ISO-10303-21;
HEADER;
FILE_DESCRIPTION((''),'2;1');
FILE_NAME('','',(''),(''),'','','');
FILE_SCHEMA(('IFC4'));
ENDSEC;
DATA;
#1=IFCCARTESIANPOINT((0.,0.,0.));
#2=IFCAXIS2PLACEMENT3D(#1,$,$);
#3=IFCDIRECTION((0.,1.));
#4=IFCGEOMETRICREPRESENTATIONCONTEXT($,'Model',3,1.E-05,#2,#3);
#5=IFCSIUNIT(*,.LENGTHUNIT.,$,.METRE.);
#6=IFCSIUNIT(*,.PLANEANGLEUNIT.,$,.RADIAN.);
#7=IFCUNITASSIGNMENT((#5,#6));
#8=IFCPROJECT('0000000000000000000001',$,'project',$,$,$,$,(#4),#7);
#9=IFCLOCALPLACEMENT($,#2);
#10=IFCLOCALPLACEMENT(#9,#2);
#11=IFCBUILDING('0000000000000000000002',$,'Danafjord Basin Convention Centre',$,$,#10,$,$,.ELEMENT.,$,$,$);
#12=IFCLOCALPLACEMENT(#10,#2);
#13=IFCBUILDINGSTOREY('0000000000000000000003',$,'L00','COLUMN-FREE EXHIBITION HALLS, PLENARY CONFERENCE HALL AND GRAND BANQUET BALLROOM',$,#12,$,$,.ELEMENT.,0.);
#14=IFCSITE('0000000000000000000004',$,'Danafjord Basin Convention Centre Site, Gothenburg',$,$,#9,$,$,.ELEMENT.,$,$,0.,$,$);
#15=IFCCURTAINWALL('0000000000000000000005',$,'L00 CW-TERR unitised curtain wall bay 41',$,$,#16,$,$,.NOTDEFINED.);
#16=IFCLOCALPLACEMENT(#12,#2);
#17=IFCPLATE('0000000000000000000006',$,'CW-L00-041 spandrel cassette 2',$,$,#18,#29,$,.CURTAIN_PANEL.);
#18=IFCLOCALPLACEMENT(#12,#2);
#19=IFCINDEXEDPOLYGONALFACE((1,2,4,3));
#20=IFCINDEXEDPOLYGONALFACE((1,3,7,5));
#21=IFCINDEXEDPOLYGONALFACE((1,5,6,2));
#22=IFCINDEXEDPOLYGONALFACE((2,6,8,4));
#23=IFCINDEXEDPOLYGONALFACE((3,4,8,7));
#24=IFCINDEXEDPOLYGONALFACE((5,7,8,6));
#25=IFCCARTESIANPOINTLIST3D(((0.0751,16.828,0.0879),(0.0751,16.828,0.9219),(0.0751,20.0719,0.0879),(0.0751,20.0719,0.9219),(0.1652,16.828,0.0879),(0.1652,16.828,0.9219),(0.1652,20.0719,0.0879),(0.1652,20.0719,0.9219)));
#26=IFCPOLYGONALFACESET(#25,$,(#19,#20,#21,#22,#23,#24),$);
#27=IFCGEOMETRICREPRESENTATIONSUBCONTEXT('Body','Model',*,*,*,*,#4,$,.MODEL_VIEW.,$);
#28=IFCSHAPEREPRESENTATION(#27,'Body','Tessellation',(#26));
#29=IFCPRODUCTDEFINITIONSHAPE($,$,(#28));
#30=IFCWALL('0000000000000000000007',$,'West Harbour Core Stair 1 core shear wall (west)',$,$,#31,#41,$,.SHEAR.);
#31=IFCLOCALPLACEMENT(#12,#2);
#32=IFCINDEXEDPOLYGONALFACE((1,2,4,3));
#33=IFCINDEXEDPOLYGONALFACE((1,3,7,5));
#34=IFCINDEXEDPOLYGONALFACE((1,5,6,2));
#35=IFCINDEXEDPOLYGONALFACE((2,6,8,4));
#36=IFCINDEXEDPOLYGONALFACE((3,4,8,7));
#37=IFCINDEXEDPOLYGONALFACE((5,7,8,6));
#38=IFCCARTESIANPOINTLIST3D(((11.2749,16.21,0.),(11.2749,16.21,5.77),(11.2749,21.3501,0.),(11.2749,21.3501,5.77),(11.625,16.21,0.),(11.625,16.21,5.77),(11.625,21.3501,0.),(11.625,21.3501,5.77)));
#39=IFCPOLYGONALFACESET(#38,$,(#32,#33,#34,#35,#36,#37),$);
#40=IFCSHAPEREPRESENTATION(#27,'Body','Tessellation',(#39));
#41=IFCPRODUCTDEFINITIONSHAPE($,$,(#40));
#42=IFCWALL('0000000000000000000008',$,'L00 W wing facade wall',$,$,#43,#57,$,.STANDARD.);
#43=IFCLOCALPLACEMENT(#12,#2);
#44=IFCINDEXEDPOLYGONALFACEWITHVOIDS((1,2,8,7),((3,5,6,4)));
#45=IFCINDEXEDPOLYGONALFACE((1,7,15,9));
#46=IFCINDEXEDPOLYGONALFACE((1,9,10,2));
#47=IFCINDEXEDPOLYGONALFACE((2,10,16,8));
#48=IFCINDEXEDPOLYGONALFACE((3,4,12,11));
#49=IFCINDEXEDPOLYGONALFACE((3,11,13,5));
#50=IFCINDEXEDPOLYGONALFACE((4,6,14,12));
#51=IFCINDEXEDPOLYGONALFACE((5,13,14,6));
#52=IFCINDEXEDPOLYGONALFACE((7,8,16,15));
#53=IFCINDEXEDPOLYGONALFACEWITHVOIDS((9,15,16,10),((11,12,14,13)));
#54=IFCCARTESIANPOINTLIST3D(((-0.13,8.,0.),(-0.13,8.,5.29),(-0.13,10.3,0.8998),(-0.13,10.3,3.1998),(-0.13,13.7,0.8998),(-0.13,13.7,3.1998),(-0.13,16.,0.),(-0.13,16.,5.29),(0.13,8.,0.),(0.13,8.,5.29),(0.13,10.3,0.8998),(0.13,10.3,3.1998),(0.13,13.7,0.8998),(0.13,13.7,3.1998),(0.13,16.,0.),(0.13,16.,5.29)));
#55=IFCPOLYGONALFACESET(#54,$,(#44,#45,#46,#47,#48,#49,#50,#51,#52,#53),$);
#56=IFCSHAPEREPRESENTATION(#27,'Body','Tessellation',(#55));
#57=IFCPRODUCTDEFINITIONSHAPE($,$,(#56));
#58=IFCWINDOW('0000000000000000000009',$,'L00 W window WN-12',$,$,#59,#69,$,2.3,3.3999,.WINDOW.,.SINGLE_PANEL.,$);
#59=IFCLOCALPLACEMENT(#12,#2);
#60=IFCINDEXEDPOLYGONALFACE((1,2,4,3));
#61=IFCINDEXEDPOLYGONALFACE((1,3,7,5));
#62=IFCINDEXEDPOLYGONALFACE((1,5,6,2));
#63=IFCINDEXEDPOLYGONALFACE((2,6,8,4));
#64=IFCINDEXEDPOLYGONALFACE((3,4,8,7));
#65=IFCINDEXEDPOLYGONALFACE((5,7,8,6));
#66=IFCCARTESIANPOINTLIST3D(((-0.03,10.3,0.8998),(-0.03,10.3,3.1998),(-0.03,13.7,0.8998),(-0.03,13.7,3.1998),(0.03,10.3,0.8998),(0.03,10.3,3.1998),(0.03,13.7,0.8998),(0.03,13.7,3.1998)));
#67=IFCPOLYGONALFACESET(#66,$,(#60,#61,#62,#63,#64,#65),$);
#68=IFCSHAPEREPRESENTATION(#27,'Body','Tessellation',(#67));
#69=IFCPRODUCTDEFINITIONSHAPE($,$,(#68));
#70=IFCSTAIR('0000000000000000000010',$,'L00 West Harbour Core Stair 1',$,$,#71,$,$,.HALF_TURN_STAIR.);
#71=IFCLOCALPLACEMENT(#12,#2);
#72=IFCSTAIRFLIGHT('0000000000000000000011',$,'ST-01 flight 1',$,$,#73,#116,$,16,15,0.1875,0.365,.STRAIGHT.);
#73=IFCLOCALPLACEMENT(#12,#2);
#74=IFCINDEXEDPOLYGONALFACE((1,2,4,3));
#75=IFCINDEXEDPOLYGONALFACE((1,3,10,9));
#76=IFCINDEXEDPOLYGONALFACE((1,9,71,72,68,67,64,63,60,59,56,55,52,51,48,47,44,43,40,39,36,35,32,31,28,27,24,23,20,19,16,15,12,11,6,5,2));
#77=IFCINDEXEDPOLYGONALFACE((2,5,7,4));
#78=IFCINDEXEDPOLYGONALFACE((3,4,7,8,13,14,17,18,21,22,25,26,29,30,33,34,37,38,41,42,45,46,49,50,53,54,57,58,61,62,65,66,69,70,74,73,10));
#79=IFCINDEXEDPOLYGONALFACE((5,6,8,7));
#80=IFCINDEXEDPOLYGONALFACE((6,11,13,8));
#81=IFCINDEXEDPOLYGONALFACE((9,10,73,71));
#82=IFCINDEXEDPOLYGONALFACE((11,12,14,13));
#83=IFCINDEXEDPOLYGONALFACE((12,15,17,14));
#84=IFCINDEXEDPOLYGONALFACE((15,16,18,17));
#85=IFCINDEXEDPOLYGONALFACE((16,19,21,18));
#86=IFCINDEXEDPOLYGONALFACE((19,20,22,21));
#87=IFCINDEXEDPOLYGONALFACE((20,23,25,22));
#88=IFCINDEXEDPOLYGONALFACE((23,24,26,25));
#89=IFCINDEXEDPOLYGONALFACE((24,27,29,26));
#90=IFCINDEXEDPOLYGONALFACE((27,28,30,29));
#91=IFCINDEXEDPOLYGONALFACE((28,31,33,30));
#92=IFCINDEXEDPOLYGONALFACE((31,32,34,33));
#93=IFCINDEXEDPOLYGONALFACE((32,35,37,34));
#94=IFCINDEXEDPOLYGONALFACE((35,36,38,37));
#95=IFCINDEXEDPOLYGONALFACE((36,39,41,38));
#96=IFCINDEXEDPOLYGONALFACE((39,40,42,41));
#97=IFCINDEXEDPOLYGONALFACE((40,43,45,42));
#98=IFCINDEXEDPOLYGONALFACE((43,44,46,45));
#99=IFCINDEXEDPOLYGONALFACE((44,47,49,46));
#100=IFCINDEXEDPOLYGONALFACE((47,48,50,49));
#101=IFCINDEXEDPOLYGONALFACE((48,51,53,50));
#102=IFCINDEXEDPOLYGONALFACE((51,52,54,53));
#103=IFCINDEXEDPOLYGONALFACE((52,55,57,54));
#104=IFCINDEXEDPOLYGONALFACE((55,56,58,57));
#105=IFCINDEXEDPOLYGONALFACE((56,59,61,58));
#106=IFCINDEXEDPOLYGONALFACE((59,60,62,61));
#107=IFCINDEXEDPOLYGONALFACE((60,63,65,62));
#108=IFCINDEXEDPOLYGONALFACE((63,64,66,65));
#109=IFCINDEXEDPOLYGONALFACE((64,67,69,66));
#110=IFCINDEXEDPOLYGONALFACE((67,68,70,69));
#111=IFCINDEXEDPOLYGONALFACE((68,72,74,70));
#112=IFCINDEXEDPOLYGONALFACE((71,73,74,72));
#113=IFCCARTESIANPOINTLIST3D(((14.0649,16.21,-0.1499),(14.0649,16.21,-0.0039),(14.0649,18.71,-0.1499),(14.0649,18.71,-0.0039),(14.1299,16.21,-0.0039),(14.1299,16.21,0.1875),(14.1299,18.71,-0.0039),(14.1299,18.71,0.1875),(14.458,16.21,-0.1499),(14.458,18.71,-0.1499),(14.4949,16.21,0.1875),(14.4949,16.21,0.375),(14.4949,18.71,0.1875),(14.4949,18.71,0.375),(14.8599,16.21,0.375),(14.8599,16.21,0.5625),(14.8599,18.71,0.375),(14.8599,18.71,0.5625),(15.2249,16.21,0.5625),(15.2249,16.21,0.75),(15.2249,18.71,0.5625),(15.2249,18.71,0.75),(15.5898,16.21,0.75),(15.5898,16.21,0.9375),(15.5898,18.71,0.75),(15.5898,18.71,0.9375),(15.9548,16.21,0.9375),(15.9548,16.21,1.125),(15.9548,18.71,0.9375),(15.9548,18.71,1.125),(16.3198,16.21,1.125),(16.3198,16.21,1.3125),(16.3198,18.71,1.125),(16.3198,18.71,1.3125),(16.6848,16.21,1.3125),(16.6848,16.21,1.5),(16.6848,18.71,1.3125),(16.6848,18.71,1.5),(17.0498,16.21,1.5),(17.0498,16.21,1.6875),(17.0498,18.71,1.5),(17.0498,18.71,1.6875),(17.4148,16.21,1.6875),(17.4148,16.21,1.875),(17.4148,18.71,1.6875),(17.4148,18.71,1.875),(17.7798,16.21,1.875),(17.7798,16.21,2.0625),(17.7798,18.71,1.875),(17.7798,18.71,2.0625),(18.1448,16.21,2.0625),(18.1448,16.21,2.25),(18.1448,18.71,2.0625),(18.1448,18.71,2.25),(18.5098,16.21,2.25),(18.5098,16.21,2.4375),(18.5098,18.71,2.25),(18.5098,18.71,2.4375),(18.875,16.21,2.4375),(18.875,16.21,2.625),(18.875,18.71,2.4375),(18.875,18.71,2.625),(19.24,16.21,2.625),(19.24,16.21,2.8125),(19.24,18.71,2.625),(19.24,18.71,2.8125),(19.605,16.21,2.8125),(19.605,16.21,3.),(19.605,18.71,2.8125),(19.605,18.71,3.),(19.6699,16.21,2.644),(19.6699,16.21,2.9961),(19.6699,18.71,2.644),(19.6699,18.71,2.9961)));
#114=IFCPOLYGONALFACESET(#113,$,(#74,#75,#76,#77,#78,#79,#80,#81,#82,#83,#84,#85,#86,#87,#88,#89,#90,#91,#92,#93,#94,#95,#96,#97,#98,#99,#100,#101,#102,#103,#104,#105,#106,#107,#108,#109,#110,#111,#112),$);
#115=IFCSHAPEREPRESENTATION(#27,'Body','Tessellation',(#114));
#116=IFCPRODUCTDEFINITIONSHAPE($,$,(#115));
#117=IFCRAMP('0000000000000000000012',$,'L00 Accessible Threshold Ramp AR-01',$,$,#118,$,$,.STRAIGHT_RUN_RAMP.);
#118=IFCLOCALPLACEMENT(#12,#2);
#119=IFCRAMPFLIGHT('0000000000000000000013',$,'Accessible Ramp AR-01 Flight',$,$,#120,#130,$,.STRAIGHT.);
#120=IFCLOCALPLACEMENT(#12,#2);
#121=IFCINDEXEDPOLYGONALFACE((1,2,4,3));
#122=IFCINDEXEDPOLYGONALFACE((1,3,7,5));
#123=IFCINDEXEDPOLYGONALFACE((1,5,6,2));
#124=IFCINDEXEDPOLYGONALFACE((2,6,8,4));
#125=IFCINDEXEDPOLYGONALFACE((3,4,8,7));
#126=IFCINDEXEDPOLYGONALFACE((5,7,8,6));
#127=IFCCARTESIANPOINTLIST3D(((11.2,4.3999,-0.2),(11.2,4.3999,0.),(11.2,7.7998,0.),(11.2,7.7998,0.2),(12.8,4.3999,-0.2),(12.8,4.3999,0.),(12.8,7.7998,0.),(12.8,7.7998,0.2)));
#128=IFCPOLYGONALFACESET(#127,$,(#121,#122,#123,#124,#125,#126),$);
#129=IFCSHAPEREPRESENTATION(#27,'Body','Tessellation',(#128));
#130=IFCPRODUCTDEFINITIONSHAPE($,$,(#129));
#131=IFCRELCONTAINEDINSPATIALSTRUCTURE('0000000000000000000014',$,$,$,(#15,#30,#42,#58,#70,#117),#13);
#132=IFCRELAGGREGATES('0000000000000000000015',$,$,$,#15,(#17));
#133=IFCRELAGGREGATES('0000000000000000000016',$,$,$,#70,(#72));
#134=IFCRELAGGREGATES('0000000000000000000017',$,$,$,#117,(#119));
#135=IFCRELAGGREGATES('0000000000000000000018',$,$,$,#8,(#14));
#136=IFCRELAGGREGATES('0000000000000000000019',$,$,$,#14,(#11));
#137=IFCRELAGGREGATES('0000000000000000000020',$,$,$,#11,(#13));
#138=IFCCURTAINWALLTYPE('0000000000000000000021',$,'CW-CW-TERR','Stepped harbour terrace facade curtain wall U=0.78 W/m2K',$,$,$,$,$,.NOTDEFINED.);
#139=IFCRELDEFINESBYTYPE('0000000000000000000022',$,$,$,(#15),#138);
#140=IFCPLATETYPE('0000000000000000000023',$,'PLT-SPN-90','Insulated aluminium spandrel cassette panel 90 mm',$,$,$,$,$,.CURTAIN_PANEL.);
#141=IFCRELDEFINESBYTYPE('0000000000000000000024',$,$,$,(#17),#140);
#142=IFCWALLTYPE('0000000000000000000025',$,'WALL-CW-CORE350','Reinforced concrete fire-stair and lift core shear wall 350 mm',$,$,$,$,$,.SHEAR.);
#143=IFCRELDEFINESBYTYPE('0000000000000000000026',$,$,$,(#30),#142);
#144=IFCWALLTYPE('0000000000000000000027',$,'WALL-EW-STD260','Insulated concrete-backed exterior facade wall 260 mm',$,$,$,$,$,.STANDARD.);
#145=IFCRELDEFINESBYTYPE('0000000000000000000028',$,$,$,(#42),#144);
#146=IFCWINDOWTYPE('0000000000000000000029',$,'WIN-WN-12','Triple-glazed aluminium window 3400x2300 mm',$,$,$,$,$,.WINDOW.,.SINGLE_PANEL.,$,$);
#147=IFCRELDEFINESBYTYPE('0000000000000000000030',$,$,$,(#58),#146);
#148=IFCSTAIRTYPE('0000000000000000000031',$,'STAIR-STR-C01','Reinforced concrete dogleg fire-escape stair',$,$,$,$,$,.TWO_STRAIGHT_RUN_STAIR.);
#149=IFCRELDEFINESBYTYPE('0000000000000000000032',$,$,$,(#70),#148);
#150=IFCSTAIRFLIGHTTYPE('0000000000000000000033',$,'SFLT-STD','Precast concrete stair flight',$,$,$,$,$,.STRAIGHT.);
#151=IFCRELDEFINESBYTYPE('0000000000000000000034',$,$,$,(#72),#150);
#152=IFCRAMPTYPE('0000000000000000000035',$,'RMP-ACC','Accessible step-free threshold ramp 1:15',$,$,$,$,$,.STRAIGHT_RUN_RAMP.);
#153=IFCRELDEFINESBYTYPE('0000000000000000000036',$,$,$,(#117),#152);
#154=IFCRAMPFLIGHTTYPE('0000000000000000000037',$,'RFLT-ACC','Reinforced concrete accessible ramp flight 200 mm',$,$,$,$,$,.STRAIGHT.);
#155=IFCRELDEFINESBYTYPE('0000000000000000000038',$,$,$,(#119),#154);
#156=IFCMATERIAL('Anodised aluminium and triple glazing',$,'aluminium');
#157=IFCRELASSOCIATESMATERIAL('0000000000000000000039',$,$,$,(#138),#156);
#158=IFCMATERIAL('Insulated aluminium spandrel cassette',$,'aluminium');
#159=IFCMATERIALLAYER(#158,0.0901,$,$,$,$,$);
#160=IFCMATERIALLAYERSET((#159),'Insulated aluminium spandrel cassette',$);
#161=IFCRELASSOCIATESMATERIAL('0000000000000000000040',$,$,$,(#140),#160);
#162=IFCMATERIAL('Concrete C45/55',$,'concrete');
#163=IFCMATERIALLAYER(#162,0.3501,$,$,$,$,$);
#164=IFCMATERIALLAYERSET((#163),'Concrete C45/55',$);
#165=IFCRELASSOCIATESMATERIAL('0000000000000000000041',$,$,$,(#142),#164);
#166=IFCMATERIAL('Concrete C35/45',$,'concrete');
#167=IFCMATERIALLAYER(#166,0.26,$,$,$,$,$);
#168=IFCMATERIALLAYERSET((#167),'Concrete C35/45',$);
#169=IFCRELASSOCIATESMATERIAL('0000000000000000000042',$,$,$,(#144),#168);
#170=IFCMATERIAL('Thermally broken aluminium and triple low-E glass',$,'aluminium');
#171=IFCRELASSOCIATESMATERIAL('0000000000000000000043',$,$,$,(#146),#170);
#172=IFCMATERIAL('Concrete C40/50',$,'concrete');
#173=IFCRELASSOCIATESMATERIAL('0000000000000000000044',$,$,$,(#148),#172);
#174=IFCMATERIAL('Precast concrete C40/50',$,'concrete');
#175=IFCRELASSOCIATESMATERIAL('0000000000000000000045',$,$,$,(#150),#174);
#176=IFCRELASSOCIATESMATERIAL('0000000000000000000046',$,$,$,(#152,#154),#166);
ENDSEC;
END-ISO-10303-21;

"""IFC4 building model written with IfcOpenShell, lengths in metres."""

from ifc_helpers import new_model, si_unit, direction, frame, frame_2d, origin, origin_2d, place, context, subcontext, project, spatial, polyline, rectangle, outline, extrude, material, layer, layer_set, type_object, element, fill, aggregate, save


model = new_model("IFC4")

# Units and contexts
model_context = context("Model", 3, precision=1e-05, world=origin(), true_north=direction((0.0, 1.0)))
body_context = subcontext(model_context, "Body", "Model", "MODEL_VIEW")
ifc_project = project(units=[si_unit("LENGTHUNIT", "METRE"), si_unit("PLANEANGLEUNIT", "RADIAN")], contexts=[model_context])

# Site, building, storey
site_placement = place(None, origin())
site = spatial("IfcSite", under=ifc_project, at=site_placement, Name="Danafjord Basin Convention Centre Site, Gothenburg", CompositionType="ELEMENT", RefElevation=0.0)
building_placement = place(site_placement, origin())
building = spatial("IfcBuilding", under=site, at=building_placement, Name="Danafjord Basin Convention Centre", CompositionType="ELEMENT")
storey_placement = place(building_placement, origin())
storey = spatial("IfcBuildingStorey", under=building, at=storey_placement, Name="L00", Description="COLUMN-FREE EXHIBITION HALLS, PLENARY CONFERENCE HALL AND GRAND BANQUET BALLROOM", CompositionType="ELEMENT", Elevation=0.0)

# Shared definitions
ifc_material_1 = material(Name="Concrete C35/45", Category="concrete")

# Curtain wall, plate
ifc_material_2 = material(Name="Anodised aluminium and triple glazing", Category="aluminium")
curtain_wall_type = type_object("IfcCurtainWallType", Name="CW-CW-TERR", Description="Stepped harbour terrace facade curtain wall U=0.78 W/m2K", PredefinedType="NOTDEFINED", material=ifc_material_2)
curtain_wall_placement = place(storey_placement, origin())
curtain_wall = element("IfcCurtainWall", 1, at=curtain_wall_placement, inside=storey, type_object=curtain_wall_type, Name="L00 CW-TERR unitised curtain wall bay 41", PredefinedType="NOTDEFINED")
ifc_material_3 = material(Name="Insulated aluminium spandrel cassette", Category="aluminium")
ifc_layer_1 = layer(ifc_material_3, 0.0901)
ifc_layer_set_1 = layer_set([ifc_layer_1], Name="Insulated aluminium spandrel cassette")
plate_type_1 = type_object("IfcPlateType", Name="PLT-SPN-90", Description="Insulated aluminium spandrel cassette panel 90 mm", PredefinedType="CURTAIN_PANEL", material=ifc_layer_set_1)
plate_1_placement = place(storey_placement, frame((0.1201, 18.45, 0.0879), z_axis=(0.0, 0.0, 1.0), x_axis=(0.0, -1.0, 0.0)))
plate_1 = element("IfcPlate", 2, at=plate_1_placement, type_object=plate_type_1, Name="CW-L00-041 spandrel cassette 2", PredefinedType="CURTAIN_PANEL", context=body_context, shape_type="SweptSolid", body=[
    extrude(rectangle(XDim=3.2439, YDim=0.0901, at=origin_2d()), origin(), (0.0, 0.0, 1.0), 0.834),
])
aggregate(curtain_wall, [plate_1])

# Wall
ifc_material_4 = material(Name="Concrete C45/55", Category="concrete")
ifc_layer_2 = layer(ifc_material_4, 0.3501)
ifc_layer_set_2 = layer_set([ifc_layer_2], Name="Concrete C45/55")
wall_type_1 = type_object("IfcWallType", Name="WALL-CW-CORE350", Description="Reinforced concrete fire-stair and lift core shear wall 350 mm", PredefinedType="SHEAR", material=ifc_layer_set_2)
wall_1_placement = place(storey_placement, frame((11.45, 16.21, 0.0), z_axis=(0.0, 0.0, 1.0), x_axis=(0.0, 1.0, 0.0)))
element("IfcWall", 3, at=wall_1_placement, inside=storey, type_object=wall_type_1, Name="West Harbour Core Stair 1 core shear wall (west)", PredefinedType="SHEAR", context=body_context, shape_type="SweptSolid", body=[
    extrude(rectangle(XDim=5.1401, YDim=0.3501, at=frame_2d((2.5701, 0.0))), origin(), (0.0, 0.0, 1.0), 5.77),
])

# Wall, opening, window
ifc_layer_3 = layer(ifc_material_1, 0.26)
ifc_layer_set_3 = layer_set([ifc_layer_3], Name="Concrete C35/45")
wall_type_2 = type_object("IfcWallType", Name="WALL-EW-STD260", Description="Insulated concrete-backed exterior facade wall 260 mm", PredefinedType="STANDARD", material=ifc_layer_set_3)
wall_2_placement = place(storey_placement, frame((0.0, 8.0, 0.0), z_axis=(0.0, 0.0, 1.0), x_axis=(0.0, 1.0, 0.0)))
wall_2 = element("IfcWall", 4, at=wall_2_placement, inside=storey, type_object=wall_type_2, Name="L00 W wing facade wall", PredefinedType="STANDARD", context=body_context, shape_type="SweptSolid", body=[
    extrude(rectangle(XDim=8.0, YDim=0.26, at=frame_2d((4.0, 0.0))), origin(), (0.0, 0.0, 1.0), 5.29),
])
opening_placement = place(wall_2_placement, frame((2.3, 0.0, 0.8999)))
opening = element("IfcOpeningElement", 5, at=opening_placement, cuts=wall_2, PredefinedType="OPENING", context=body_context, shape_type="SweptSolid", body=[
    extrude(rectangle(XDim=3.3999, YDim=2.3, at=frame_2d((1.7, 1.1499))), frame((0.0, 0.1399, 0.0), z_axis=(0.0, -1.0, 0.0), x_axis=(1.0, 0.0, 0.0)), (0.0, 0.0, 1.0), 0.28),
])
ifc_material_5 = material(Name="Thermally broken aluminium and triple low-E glass", Category="aluminium")
window_type = type_object("IfcWindowType", Name="WIN-WN-12", Description="Triple-glazed aluminium window 3400x2300 mm", PartitioningType="SINGLE_PANEL", PredefinedType="WINDOW", material=ifc_material_5)
window_placement = place(opening_placement, origin())
window = element("IfcWindow", 6, at=window_placement, inside=storey, type_object=window_type, Name="L00 W window WN-12", OverallHeight=2.3, OverallWidth=3.3999, PartitioningType="SINGLE_PANEL", PredefinedType="WINDOW", context=body_context, shape_type="SweptSolid", body=[
    extrude(rectangle(XDim=3.3999, YDim=2.3, at=frame_2d((1.7, 1.1499))), frame((0.0, 0.03, 0.0), z_axis=(0.0, -1.0, 0.0), x_axis=(1.0, 0.0, 0.0)), (0.0, 0.0, 1.0), 0.0601),
])
fill(opening, window)

# Stair, stair flight
ifc_material_6 = material(Name="Concrete C40/50", Category="concrete")
stair_type = type_object("IfcStairType", Name="STAIR-STR-C01", Description="Reinforced concrete dogleg fire-escape stair", PredefinedType="TWO_STRAIGHT_RUN_STAIR", material=ifc_material_6)
stair_placement = place(storey_placement, origin())
stair = element("IfcStair", 7, at=stair_placement, inside=storey, type_object=stair_type, Name="L00 West Harbour Core Stair 1", PredefinedType="HALF_TURN_STAIR")
ifc_material_7 = material(Name="Precast concrete C40/50", Category="concrete")
stair_flight_type = type_object("IfcStairFlightType", Name="SFLT-STD", Description="Precast concrete stair flight", PredefinedType="STRAIGHT", material=ifc_material_7)
stair_flight_placement = place(storey_placement, frame((14.1299, 17.46, 0.0), z_axis=(0.0, 0.0, 1.0), x_axis=(1.0, 0.0, 0.0)))
stair_flight = element("IfcStairFlight", 8, at=stair_flight_placement, type_object=stair_flight_type, Name="ST-01 flight 1", NumberOfRisers=16, NumberOfTreads=15, PredefinedType="STRAIGHT", RiserHeight=0.1875, TreadLength=0.365, context=body_context, shape_type="SweptSolid", body=[
    extrude(outline(polyline([(-0.0649, -0.1499), (-0.0649, -0.0039), (0.0, -0.0039), (0.0, 0.1875), (0.365, 0.1875), (0.365, 0.375), (0.73, 0.375), (0.73, 0.5625), (1.095, 0.5625), (1.095, 0.75), (1.46, 0.75), (1.46, 0.9375), (1.825, 0.9375), (1.825, 1.125), (2.1899, 1.125), (2.1899, 1.3125), (2.5549, 1.3125), (2.5549, 1.5), (2.9199, 1.5), (2.9199, 1.6875), (3.2849, 1.6875), (3.2849, 1.875), (3.6499, 1.875), (3.6499, 2.0625), (4.0149, 2.0625), (4.0149, 2.25), (4.3799, 2.25), (4.3799, 2.4375), (4.7451, 2.4375), (4.7451, 2.625), (5.1101, 2.625), (5.1101, 2.8125), (5.4751, 2.8125), (5.4751, 3.0), (5.54, 2.9961), (5.54, 2.644), (0.3281, -0.1499), (-0.0649, -0.1499)])), frame((0.0, 1.25, 0.0), z_axis=(0.0, -1.0, 0.0), x_axis=(1.0, 0.0, 0.0)), (0.0, 0.0, 1.0), 2.5),
])
aggregate(stair, [stair_flight])

# Ramp, ramp flight
ramp_type = type_object("IfcRampType", Name="RMP-ACC", Description="Accessible step-free threshold ramp 1:15", PredefinedType="STRAIGHT_RUN_RAMP", material=ifc_material_1)
ramp_placement = place(storey_placement, origin())
ramp = element("IfcRamp", 9, at=ramp_placement, inside=storey, type_object=ramp_type, Name="L00 Accessible Threshold Ramp AR-01", PredefinedType="STRAIGHT_RUN_RAMP")
ramp_flight_type = type_object("IfcRampFlightType", Name="RFLT-ACC", Description="Reinforced concrete accessible ramp flight 200 mm", PredefinedType="STRAIGHT", material=ifc_material_1)
ramp_flight_placement = place(storey_placement, frame((12.0, 4.3999, 0.0), z_axis=(0.0, 0.0, 1.0), x_axis=(0.0, 1.0, 0.0)))
ramp_flight = element("IfcRampFlight", 10, at=ramp_flight_placement, type_object=ramp_flight_type, Name="Accessible Ramp AR-01 Flight", PredefinedType="STRAIGHT", context=body_context, shape_type="SweptSolid", body=[
    extrude(outline(polyline([(0.0, 0.0), (3.3999, 0.2), (3.3999, 0.0), (0.0, -0.2), (0.0, 0.0)])), frame((0.0, 0.8, 0.0), z_axis=(0.0, -1.0, 0.0), x_axis=(1.0, 0.0, 0.0)), (0.0, 0.0, 1.0), 1.6001),
])
aggregate(ramp, [ramp_flight])

save(model, "model.ifc")
